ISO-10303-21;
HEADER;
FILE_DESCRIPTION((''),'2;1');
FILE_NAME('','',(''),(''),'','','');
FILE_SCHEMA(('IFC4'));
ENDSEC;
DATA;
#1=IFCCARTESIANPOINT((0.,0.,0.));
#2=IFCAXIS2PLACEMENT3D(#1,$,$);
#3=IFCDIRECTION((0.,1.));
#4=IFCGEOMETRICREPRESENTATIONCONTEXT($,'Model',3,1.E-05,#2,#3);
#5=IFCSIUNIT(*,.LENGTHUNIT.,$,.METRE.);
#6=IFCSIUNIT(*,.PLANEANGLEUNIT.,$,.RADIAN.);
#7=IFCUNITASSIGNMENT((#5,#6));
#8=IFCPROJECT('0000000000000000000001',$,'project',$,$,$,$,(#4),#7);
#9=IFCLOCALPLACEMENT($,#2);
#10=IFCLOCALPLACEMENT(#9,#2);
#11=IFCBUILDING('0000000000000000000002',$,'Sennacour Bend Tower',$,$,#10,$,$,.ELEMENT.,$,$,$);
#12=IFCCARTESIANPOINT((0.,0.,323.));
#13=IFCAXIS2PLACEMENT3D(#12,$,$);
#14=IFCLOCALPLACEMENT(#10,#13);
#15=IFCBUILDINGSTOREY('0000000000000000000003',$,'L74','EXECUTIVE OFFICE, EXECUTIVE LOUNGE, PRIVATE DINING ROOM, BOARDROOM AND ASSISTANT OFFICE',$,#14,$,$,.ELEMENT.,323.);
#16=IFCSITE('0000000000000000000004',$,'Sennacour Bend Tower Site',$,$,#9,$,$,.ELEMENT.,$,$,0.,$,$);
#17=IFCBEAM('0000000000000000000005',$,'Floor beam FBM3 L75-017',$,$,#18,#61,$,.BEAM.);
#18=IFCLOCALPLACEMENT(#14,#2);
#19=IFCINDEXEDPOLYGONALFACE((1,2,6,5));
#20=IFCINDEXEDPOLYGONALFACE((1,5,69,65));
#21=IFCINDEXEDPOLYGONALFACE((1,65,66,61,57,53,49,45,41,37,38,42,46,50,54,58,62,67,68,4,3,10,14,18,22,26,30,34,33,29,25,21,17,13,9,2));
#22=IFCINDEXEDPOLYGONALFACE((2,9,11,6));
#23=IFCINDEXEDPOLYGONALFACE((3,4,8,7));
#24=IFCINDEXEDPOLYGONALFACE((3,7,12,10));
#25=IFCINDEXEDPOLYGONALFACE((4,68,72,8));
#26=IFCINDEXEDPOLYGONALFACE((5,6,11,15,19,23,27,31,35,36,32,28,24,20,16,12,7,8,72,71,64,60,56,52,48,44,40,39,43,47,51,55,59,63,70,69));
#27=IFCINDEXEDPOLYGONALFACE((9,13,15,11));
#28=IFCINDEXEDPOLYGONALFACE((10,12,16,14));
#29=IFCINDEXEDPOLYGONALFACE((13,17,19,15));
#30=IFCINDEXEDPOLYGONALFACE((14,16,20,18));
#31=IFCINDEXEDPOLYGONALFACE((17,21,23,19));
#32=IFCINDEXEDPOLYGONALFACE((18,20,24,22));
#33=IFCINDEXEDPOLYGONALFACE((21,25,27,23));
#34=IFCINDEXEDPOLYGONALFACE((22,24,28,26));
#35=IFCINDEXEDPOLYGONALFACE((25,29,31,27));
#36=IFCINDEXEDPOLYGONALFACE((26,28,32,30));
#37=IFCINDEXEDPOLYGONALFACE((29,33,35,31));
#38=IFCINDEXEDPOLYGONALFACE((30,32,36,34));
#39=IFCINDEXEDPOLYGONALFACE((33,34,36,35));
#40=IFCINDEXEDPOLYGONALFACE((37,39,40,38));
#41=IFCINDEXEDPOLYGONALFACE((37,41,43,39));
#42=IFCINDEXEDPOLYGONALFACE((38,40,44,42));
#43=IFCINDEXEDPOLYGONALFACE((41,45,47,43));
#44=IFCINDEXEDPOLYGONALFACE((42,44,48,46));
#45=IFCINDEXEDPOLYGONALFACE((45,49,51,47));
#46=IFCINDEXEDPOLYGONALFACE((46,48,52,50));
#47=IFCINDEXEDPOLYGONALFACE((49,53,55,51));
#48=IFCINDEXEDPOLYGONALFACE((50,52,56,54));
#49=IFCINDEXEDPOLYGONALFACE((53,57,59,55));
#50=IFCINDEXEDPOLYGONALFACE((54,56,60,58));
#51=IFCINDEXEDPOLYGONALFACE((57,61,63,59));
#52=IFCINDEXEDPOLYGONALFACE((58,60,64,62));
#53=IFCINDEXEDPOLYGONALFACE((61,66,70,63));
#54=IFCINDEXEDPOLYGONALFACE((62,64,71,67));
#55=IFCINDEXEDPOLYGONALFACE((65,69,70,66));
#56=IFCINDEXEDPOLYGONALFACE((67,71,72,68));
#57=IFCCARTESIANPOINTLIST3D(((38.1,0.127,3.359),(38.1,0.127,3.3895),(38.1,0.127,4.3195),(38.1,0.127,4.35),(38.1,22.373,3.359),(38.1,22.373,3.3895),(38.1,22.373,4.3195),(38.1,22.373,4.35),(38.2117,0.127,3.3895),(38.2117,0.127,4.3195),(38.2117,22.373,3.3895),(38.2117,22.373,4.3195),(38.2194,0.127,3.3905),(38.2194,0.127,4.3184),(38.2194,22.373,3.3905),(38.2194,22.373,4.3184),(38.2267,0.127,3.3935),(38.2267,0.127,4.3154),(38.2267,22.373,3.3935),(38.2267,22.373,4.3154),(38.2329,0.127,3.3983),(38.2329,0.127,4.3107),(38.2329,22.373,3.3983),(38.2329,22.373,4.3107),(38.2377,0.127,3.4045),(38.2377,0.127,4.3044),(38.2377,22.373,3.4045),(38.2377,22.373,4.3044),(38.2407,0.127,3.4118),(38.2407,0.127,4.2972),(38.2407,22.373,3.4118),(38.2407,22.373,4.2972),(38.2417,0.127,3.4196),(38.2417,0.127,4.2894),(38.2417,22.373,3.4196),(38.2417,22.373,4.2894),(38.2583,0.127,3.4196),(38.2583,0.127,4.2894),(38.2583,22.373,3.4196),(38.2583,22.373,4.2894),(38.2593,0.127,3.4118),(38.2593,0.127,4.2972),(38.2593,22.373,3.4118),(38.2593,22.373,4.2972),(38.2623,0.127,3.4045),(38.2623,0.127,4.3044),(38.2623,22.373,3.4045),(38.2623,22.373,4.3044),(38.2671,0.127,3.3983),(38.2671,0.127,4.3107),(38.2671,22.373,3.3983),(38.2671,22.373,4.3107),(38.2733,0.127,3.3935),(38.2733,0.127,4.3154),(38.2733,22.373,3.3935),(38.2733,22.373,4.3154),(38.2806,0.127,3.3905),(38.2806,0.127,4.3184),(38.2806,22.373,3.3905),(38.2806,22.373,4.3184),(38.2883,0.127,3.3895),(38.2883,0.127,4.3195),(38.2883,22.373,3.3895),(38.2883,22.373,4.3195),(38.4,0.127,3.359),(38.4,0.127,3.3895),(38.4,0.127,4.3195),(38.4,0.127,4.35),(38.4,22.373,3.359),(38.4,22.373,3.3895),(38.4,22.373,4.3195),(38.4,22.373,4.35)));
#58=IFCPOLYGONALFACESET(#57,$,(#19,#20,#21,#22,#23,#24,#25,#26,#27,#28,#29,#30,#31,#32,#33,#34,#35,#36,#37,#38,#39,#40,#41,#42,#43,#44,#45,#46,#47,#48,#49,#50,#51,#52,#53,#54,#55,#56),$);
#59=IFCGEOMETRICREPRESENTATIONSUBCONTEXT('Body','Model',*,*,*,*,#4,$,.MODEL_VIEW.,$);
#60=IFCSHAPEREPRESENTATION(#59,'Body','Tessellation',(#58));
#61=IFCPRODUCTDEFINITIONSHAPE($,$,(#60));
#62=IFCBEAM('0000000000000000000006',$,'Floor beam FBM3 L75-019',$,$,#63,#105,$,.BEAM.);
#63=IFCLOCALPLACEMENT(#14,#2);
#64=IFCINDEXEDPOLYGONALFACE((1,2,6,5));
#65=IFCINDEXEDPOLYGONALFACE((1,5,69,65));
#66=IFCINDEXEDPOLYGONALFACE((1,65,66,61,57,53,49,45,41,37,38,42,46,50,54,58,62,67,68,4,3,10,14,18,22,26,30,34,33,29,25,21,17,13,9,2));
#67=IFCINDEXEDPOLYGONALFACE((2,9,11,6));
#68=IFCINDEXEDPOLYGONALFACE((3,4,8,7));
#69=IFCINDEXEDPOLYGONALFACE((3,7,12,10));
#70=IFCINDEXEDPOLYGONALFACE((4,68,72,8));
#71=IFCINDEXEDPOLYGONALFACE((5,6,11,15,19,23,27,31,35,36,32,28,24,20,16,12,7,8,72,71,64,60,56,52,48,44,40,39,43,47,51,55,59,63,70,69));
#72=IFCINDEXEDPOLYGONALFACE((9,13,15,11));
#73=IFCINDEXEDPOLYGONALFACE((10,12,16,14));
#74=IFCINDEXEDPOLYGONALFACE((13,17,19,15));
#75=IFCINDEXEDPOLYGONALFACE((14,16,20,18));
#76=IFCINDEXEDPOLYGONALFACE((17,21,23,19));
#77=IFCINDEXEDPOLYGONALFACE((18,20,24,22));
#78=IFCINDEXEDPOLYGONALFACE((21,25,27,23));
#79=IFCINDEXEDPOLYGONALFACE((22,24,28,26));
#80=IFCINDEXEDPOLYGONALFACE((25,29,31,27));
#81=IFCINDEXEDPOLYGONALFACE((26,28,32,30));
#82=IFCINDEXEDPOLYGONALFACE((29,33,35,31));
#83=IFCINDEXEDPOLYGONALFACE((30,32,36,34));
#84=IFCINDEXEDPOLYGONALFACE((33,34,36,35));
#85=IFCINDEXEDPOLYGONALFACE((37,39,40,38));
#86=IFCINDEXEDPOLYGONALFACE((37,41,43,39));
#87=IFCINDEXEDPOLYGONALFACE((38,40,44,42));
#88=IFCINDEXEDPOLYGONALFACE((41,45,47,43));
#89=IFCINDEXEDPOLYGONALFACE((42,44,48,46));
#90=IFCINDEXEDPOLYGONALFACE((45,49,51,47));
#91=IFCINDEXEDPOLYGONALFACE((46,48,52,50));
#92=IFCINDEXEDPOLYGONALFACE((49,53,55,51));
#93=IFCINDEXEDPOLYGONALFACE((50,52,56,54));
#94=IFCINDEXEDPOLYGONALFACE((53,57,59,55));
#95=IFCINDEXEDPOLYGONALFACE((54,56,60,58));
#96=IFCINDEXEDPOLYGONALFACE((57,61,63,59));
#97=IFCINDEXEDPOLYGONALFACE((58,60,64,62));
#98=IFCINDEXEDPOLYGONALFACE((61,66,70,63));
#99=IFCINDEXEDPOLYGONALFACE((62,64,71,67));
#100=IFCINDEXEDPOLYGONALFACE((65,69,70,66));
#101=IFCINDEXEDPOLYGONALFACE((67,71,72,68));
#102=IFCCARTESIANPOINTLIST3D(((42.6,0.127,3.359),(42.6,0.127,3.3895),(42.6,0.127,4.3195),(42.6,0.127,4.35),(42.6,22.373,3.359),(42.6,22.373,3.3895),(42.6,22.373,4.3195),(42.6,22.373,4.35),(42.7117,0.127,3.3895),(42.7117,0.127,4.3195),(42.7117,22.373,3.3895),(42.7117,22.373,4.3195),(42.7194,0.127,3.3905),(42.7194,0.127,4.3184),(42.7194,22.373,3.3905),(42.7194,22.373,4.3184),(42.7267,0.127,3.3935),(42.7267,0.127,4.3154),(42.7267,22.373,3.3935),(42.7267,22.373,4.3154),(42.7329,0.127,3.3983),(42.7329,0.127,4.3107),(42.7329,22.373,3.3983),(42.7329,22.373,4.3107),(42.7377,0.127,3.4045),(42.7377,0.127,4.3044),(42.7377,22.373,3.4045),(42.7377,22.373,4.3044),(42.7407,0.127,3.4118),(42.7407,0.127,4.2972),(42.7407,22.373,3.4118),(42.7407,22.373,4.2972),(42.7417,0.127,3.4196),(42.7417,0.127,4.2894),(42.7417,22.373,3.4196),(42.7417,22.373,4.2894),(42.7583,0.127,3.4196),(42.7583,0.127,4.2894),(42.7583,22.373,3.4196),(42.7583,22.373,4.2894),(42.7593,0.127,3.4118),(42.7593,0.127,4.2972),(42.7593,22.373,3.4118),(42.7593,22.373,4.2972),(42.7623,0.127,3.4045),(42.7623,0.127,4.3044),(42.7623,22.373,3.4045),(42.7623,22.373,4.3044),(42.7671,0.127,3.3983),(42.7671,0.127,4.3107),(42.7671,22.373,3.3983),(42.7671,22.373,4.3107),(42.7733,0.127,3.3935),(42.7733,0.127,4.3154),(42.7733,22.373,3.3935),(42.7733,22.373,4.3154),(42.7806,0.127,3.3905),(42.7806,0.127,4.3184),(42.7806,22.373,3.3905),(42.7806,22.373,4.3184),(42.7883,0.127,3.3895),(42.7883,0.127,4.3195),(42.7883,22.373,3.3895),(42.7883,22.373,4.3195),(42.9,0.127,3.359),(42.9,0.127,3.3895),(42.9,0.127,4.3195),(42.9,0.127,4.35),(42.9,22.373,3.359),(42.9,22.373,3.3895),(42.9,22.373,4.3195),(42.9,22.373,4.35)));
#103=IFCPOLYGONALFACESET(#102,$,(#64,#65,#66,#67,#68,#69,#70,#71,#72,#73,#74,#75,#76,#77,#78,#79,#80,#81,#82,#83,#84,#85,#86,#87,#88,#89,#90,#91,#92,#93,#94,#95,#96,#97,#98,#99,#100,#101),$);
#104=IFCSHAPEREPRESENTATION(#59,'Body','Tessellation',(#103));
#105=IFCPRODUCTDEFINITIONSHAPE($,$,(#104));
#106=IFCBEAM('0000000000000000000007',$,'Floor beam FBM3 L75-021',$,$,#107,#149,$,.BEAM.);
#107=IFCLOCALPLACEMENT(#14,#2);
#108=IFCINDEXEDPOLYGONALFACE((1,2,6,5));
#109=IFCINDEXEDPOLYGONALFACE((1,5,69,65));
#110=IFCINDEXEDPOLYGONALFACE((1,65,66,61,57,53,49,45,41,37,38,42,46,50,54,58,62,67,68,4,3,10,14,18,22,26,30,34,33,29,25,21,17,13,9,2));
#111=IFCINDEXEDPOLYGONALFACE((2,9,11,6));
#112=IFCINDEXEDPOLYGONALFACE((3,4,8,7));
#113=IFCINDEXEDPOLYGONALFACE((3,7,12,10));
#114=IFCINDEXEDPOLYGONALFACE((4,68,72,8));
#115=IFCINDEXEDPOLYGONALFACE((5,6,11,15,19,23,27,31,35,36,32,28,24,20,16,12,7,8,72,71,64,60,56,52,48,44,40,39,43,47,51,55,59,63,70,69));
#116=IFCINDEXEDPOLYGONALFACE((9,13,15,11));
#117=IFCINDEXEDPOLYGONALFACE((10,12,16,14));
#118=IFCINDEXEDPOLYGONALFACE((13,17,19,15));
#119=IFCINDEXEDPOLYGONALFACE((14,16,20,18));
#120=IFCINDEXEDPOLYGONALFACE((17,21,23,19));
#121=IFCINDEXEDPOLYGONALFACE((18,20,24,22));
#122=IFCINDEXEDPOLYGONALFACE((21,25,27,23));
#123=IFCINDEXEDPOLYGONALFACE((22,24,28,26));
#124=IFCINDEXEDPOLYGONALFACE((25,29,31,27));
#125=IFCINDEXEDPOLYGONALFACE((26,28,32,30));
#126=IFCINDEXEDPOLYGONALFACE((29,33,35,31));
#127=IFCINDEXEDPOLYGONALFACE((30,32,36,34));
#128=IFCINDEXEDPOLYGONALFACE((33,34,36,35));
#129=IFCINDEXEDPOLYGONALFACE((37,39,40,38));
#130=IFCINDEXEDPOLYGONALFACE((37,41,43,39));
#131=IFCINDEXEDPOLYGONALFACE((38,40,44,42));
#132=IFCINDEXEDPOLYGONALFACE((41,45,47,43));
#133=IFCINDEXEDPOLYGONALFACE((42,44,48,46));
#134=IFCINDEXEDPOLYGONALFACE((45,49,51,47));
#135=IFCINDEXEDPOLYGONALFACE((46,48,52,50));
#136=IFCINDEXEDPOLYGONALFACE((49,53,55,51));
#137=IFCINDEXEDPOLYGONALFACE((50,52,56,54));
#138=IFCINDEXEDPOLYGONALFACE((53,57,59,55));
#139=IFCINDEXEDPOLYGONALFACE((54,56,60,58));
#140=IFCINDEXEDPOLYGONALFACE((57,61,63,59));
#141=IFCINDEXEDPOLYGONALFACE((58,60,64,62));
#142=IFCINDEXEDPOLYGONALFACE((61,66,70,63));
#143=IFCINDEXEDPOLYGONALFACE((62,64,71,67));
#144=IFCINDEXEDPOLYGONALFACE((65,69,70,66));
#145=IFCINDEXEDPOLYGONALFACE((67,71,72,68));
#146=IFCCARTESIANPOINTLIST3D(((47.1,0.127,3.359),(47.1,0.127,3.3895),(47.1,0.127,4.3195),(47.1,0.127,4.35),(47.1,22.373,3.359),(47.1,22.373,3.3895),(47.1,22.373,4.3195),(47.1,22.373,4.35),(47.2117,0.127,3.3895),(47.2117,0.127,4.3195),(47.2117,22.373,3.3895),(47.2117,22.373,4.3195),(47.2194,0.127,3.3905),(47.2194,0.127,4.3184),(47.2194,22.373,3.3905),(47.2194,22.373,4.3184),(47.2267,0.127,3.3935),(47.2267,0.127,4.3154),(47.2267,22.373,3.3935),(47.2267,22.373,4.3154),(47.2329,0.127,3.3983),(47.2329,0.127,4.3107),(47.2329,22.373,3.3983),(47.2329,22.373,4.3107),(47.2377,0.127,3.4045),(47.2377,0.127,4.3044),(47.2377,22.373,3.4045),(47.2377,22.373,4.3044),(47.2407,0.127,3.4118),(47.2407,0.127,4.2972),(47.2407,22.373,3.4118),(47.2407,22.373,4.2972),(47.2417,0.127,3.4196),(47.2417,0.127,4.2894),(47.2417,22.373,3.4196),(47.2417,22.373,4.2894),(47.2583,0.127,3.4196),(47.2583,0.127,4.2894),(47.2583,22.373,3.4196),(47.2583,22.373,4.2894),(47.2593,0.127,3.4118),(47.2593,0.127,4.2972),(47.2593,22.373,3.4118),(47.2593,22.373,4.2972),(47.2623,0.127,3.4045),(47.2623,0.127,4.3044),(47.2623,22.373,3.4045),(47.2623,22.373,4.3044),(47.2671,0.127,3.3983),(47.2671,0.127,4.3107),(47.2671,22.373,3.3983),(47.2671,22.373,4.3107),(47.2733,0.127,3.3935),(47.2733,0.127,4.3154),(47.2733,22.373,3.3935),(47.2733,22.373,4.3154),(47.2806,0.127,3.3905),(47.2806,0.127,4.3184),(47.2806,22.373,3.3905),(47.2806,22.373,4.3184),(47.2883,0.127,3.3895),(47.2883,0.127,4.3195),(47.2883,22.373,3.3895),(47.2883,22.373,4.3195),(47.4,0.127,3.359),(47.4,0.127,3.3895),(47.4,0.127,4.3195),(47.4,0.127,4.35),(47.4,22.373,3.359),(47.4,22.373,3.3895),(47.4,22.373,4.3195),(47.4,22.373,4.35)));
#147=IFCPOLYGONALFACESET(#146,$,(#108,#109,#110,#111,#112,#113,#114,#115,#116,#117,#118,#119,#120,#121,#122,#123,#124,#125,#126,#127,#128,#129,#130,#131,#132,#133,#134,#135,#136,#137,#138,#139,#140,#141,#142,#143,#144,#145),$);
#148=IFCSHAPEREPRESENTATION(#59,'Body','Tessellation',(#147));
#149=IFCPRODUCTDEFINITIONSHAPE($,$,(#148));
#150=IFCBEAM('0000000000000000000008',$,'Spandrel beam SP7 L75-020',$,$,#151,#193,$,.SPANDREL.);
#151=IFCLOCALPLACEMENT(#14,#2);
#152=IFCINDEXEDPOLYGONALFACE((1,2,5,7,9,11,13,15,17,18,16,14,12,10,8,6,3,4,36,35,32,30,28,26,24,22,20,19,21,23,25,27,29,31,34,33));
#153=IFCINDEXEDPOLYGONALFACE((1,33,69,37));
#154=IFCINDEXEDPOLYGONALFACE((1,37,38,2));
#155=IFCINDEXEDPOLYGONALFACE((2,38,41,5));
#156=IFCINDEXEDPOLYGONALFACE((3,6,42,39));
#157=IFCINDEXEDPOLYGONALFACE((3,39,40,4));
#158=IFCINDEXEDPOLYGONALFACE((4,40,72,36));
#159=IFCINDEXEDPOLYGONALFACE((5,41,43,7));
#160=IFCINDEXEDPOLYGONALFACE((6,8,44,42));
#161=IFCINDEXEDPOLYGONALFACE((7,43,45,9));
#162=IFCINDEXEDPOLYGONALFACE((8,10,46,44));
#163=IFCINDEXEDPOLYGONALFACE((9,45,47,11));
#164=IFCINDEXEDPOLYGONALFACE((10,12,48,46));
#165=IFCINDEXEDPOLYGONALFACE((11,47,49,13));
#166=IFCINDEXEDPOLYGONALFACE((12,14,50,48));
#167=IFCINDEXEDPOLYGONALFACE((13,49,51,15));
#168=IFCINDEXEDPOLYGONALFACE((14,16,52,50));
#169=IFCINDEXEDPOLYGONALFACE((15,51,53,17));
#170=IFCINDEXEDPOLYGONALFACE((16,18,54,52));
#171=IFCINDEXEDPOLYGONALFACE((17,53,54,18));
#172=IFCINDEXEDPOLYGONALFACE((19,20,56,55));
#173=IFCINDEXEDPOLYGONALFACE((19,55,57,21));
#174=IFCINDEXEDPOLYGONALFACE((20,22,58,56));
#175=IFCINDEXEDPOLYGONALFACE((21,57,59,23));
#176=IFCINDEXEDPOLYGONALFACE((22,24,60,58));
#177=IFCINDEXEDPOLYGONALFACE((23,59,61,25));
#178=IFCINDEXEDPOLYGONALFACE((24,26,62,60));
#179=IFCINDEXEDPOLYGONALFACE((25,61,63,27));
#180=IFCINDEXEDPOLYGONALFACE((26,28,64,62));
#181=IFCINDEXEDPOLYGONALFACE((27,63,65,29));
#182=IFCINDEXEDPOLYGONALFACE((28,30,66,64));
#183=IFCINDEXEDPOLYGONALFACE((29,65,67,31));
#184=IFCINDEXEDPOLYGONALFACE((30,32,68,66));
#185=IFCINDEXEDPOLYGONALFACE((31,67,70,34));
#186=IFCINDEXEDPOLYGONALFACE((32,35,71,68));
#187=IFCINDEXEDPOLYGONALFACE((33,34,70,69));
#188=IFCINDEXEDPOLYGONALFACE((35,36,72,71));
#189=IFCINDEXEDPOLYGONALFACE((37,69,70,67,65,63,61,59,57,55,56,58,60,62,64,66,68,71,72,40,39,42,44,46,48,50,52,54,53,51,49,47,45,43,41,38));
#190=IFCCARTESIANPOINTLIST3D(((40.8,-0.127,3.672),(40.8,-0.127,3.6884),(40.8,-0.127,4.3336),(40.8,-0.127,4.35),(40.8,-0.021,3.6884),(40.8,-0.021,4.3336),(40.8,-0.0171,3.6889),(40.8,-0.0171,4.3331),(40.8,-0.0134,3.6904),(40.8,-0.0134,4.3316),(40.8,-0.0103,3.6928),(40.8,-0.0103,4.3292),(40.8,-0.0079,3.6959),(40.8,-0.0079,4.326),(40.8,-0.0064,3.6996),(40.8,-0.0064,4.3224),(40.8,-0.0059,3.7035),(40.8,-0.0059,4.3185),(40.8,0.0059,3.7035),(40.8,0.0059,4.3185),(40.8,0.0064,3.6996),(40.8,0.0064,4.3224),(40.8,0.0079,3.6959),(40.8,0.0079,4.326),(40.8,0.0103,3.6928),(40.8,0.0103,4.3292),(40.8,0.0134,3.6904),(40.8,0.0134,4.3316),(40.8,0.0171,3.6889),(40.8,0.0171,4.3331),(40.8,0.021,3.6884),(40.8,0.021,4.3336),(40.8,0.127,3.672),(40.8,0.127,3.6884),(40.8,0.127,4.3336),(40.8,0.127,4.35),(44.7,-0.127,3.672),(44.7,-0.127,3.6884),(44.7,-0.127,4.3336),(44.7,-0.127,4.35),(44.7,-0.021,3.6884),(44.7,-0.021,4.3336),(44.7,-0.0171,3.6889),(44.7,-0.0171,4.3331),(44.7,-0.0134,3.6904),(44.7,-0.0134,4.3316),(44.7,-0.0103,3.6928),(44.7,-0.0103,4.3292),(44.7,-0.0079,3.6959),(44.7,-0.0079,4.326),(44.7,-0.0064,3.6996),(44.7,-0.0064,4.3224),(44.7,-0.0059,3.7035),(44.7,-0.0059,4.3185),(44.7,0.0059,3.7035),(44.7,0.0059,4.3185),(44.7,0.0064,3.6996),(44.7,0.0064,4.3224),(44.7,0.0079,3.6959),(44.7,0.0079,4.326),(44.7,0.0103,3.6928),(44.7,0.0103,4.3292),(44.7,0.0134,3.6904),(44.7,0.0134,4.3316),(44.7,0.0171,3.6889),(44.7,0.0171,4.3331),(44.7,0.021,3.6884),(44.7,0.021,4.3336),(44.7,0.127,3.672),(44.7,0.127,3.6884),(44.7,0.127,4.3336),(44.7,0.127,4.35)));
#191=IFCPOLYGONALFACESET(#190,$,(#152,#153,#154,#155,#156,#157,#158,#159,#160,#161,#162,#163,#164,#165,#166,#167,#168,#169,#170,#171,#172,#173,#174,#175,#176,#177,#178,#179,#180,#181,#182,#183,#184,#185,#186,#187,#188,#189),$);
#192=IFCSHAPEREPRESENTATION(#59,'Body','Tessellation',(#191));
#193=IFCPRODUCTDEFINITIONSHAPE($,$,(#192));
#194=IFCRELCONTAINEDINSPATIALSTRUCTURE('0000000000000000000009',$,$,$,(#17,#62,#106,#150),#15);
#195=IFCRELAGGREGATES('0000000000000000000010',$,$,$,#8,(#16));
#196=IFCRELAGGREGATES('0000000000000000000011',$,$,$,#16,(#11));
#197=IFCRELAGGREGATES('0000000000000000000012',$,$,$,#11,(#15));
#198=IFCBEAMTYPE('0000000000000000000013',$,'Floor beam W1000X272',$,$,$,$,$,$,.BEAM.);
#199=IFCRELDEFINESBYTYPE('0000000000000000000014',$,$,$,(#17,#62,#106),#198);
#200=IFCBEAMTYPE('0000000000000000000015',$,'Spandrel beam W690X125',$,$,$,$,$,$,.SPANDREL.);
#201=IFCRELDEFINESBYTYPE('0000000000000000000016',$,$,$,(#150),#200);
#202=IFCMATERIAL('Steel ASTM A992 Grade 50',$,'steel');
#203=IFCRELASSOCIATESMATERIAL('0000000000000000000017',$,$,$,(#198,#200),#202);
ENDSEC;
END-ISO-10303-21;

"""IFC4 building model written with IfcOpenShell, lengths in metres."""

from ifc_helpers import new_model, si_unit, direction, frame, origin, origin_2d, place, context, subcontext, project, spatial, i_section, extrude, material, material_profile, profile_set, type_object, element, save


model = new_model("IFC4")

# Units and contexts
model_context = context("Model", 3, precision=1e-05, world=origin(), true_north=direction((0.0, 1.0)))
body_context = subcontext(model_context, "Body", "Model", "MODEL_VIEW")
ifc_project = project(units=[si_unit("LENGTHUNIT", "METRE"), si_unit("PLANEANGLEUNIT", "RADIAN")], contexts=[model_context])

# Site, building, storey
site_placement = place(None, origin())
site = spatial("IfcSite", under=ifc_project, at=site_placement, Name="Sennacour Bend Tower Site", CompositionType="ELEMENT", RefElevation=0.0)
building_placement = place(site_placement, origin())
building = spatial("IfcBuilding", under=site, at=building_placement, Name="Sennacour Bend Tower", CompositionType="ELEMENT")
storey_placement = place(building_placement, frame((0.0, 0.0, 323.0)))
storey = spatial("IfcBuildingStorey", under=building, at=storey_placement, Name="L74", Description="EXECUTIVE OFFICE, EXECUTIVE LOUNGE, PRIVATE DINING ROOM, BOARDROOM AND ASSISTANT OFFICE", CompositionType="ELEMENT", Elevation=323.0)

# Beams
ifc_material_1 = material(Name="Steel ASTM A992 Grade 50", Category="steel")
ifc_material_profile_1 = material_profile(ifc_material_1, i_section(OverallWidth=0.3, OverallDepth=0.991, WebThickness=0.0166, FlangeThickness=0.0305, FilletRadius=0.03, at=origin_2d()), Name="Steel ASTM A992 Grade 50", Category="steel")
ifc_profile_set_1 = profile_set([ifc_material_profile_1], Name="Steel ASTM A992 Grade 50")
beam_type_1 = type_object("IfcBeamType", Name="Floor beam W1000X272", PredefinedType="BEAM", material=ifc_profile_set_1)
for number, where, z_axis, x_axis, name in (
    (1, (38.25, 0.127, 3.8545), (0.0, 1.0, 0.0), (-1.0, 0.0, 0.0), "Floor beam FBM3 L75-017"),
    (2, (42.75, 0.127, 3.8545), (0.0, 1.0, 0.0), (-1.0, 0.0, 0.0), "Floor beam FBM3 L75-019"),
    (3, (47.25, 0.127, 3.8545), (0.0, 1.0, 0.0), (-1.0, 0.0, 0.0), "Floor beam FBM3 L75-021"),
):
    element("IfcBeam", number, at=place(storey_placement, frame(where, z_axis=z_axis, x_axis=x_axis)), inside=storey, type_object=beam_type_1, Name=name, PredefinedType="BEAM", context=body_context, shape_type="SweptSolid", body=[
        extrude(i_section(OverallWidth=0.3, OverallDepth=0.991, WebThickness=0.0166, FlangeThickness=0.0305, FilletRadius=0.03, at=origin_2d()), origin(), (0.0, 0.0, 1.0), 22.2461),
    ])
ifc_material_profile_2 = material_profile(ifc_material_1, i_section(OverallWidth=0.2539, OverallDepth=0.678, WebThickness=0.0117, FlangeThickness=0.0164, FilletRadius=0.0151, at=origin_2d()), Name="Steel ASTM A992 Grade 50", Category="steel")
ifc_profile_set_2 = profile_set([ifc_material_profile_2], Name="Steel ASTM A992 Grade 50")
beam_type_2 = type_object("IfcBeamType", Name="Spandrel beam W690X125", PredefinedType="SPANDREL", material=ifc_profile_set_2)
for number, where, z_axis, x_axis, name in (
    (4, (44.7, 0.0, 4.011), (-1.0, 0.0, 0.0), (0.0, -1.0, 0.0), "Spandrel beam SP7 L75-020"),
):
    element("IfcBeam", number, at=place(storey_placement, frame(where, z_axis=z_axis, x_axis=x_axis)), inside=storey, type_object=beam_type_2, Name=name, PredefinedType="SPANDREL", context=body_context, shape_type="SweptSolid", body=[
        extrude(i_section(OverallWidth=0.2539, OverallDepth=0.678, WebThickness=0.0117, FlangeThickness=0.0164, FilletRadius=0.0151, at=origin_2d()), origin(), (0.0, 0.0, 1.0), 3.8999),
    ])

save(model, "model.ifc")
